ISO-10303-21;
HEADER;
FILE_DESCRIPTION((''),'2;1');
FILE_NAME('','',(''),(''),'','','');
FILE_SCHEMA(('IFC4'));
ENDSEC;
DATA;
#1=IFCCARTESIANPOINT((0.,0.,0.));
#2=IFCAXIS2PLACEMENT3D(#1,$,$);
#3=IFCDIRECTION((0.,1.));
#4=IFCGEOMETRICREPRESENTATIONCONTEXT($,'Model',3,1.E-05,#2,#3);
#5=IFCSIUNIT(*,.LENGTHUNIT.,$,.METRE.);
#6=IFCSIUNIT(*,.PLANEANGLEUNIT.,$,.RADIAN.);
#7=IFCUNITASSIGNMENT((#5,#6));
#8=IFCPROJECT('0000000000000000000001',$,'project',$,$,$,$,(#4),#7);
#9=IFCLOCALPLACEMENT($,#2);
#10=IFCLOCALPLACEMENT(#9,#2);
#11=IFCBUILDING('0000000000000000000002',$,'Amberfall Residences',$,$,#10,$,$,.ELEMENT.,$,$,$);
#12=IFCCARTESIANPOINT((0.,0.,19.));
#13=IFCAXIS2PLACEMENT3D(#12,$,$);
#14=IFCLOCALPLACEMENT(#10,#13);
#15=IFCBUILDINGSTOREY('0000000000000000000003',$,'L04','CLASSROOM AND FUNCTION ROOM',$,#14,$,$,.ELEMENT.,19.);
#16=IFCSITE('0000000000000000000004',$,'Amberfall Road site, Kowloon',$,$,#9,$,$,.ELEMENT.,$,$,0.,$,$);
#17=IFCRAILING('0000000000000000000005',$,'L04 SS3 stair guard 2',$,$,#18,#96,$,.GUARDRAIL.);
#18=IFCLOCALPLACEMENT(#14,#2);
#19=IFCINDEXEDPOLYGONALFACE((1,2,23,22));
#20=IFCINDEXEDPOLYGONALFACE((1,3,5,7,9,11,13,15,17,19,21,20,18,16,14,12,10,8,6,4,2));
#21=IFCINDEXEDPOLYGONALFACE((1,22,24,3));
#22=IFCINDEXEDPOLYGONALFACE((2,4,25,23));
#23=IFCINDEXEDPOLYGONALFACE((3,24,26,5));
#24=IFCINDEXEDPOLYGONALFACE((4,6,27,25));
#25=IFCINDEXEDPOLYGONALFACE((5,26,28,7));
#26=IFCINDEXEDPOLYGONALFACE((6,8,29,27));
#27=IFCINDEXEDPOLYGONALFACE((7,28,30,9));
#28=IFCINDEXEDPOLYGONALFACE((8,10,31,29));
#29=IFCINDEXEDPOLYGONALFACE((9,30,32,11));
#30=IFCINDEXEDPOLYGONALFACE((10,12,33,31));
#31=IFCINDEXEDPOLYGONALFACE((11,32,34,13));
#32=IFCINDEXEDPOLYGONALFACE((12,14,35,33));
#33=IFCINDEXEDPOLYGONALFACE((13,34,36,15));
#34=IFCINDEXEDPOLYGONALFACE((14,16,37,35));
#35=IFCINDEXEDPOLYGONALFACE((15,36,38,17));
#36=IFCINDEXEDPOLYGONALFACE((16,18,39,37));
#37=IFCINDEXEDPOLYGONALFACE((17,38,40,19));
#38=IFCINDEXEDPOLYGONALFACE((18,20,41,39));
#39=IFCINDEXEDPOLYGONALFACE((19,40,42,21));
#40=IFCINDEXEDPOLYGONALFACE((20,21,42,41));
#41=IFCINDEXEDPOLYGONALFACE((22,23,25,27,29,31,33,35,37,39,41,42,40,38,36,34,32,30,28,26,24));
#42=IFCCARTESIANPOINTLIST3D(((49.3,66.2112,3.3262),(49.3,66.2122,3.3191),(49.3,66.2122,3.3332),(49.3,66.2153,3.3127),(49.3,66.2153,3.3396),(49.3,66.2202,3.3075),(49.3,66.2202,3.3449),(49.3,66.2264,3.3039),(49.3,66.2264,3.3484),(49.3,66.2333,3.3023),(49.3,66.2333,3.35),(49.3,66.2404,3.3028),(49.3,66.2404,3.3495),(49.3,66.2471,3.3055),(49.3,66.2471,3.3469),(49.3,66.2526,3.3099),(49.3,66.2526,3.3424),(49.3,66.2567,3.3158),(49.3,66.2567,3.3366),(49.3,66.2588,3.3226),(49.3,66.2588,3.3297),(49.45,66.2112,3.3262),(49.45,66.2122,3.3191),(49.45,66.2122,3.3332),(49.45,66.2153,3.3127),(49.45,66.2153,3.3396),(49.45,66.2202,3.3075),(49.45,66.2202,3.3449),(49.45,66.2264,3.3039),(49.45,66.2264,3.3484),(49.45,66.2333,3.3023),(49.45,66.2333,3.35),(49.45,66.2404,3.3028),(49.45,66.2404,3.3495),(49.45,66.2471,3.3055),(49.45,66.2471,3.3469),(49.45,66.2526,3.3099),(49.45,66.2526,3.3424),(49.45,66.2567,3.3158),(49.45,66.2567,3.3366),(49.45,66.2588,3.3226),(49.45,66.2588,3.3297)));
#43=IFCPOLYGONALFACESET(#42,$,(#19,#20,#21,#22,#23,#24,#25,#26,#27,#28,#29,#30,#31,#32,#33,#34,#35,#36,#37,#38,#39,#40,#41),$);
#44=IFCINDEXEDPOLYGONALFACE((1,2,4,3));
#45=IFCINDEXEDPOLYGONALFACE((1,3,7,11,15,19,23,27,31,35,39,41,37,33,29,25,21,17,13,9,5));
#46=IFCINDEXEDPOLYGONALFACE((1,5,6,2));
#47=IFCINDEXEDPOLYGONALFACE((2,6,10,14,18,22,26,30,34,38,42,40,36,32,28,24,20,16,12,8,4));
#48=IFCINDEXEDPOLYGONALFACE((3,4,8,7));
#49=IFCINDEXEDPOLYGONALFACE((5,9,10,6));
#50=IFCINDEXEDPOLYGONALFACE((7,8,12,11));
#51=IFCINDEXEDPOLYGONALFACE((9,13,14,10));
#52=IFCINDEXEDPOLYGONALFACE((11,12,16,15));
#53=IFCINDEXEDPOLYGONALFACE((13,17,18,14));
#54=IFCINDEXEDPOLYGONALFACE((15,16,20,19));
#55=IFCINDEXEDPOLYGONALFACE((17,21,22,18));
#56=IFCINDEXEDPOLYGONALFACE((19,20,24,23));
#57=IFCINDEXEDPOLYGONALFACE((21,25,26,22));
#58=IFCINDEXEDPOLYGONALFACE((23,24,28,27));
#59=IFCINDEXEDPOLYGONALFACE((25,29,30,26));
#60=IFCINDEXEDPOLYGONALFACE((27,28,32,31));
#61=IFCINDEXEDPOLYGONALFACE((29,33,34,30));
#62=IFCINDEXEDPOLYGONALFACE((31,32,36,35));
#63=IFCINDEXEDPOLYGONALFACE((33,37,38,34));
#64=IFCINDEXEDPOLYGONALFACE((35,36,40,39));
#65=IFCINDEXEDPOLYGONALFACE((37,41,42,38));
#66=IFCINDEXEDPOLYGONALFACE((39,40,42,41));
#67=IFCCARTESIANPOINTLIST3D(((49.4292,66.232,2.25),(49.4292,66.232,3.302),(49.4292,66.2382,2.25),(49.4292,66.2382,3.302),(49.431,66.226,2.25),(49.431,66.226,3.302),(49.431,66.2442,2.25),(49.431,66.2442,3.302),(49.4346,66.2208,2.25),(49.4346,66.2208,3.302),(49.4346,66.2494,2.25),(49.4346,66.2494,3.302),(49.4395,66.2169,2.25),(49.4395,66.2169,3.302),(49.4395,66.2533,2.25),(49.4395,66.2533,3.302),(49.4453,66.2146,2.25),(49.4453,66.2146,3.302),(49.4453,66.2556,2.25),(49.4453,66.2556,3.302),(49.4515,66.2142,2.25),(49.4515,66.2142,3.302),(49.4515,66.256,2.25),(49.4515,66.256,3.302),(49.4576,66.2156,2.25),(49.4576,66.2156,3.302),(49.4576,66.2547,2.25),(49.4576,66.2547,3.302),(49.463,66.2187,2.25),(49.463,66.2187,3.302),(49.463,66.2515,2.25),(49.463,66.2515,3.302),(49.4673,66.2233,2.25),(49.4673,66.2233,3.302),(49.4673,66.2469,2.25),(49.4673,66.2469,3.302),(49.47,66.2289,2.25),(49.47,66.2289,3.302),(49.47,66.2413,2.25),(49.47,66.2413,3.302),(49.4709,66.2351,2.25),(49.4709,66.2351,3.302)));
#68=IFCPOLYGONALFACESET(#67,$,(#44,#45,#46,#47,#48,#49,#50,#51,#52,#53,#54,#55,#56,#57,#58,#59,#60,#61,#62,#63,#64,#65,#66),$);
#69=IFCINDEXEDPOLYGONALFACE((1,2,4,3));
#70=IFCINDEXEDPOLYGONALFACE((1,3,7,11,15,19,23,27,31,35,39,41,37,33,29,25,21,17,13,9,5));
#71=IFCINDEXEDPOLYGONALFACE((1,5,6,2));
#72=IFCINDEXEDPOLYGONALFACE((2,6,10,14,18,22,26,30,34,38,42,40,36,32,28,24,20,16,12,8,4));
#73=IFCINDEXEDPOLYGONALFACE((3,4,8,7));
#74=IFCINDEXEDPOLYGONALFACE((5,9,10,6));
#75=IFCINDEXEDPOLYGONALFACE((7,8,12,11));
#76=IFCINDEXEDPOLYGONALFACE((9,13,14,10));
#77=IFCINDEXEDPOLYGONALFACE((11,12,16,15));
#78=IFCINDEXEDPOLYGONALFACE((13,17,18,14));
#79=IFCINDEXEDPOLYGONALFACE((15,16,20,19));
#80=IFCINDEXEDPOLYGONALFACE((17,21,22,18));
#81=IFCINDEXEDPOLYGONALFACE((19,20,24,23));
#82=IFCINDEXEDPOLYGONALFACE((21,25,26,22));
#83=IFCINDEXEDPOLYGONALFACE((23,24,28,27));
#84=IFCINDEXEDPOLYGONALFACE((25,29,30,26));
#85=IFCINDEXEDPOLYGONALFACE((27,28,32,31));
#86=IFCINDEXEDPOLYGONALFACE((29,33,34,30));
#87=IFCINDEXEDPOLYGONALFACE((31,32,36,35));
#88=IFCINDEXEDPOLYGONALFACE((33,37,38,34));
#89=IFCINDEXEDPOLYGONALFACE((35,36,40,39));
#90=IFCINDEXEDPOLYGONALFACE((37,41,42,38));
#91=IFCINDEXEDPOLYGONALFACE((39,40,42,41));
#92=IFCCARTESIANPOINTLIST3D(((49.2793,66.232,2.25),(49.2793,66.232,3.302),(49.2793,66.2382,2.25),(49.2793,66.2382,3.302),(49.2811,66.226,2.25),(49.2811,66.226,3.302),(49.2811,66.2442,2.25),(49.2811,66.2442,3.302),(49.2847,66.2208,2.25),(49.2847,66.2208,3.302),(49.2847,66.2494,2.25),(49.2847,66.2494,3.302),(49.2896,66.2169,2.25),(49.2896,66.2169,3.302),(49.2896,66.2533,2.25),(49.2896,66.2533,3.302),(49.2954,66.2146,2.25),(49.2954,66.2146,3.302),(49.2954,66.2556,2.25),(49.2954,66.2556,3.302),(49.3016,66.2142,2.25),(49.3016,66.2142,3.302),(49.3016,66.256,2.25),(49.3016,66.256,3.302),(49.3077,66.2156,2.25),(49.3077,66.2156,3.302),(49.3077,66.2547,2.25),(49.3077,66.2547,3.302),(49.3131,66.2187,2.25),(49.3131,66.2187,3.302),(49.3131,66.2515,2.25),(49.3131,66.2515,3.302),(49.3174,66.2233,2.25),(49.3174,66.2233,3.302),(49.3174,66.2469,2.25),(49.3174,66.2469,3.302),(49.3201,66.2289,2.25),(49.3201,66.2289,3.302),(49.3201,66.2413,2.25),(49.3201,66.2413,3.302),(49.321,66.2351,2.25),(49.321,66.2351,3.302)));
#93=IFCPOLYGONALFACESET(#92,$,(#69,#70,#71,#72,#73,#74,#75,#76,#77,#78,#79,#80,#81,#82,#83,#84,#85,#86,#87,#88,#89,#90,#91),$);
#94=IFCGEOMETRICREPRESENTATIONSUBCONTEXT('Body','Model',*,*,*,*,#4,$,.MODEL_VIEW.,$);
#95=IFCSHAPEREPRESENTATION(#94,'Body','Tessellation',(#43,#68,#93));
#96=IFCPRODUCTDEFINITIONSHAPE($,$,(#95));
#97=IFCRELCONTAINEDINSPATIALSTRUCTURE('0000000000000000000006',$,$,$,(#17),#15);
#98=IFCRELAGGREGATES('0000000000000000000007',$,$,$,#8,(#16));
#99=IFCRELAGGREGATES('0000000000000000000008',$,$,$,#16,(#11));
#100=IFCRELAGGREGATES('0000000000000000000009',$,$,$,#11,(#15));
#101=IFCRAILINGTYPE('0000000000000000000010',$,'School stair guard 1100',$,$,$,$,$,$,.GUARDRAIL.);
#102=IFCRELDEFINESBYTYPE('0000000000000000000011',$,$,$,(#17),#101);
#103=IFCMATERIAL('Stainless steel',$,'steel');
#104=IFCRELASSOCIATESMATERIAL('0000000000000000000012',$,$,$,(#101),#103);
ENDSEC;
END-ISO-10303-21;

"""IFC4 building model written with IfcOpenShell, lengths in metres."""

from ifc_helpers import new_model, si_unit, direction, frame, origin, origin_2d, place, context, subcontext, project, spatial, circle, extrude, material, type_object, element, save


model = new_model("IFC4")

# Units and contexts
model_context = context("Model", 3, precision=1e-05, world=origin(), true_north=direction((0.0, 1.0)))
body_context = subcontext(model_context, "Body", "Model", "MODEL_VIEW")
ifc_project = project(units=[si_unit("LENGTHUNIT", "METRE"), si_unit("PLANEANGLEUNIT", "RADIAN")], contexts=[model_context])

# Site, building, storey
site_placement = place(None, origin())
site = spatial("IfcSite", under=ifc_project, at=site_placement, Name="Amberfall Road site, Kowloon", CompositionType="ELEMENT", RefElevation=0.0)
building_placement = place(site_placement, origin())
building = spatial("IfcBuilding", under=site, at=building_placement, Name="Amberfall Residences", CompositionType="ELEMENT")
storey_placement = place(building_placement, frame((0.0, 0.0, 19.0)))
storey = spatial("IfcBuildingStorey", under=building, at=storey_placement, Name="L04", Description="CLASSROOM AND FUNCTION ROOM", CompositionType="ELEMENT", Elevation=19.0)

# Railing
ifc_material_1 = material(Name="Stainless steel", Category="steel")
railing_type_1 = type_object("IfcRailingType", Name="School stair guard 1100", PredefinedType="GUARDRAIL", material=ifc_material_1)
railing_1_placement = place(storey_placement, frame((49.45, 66.2351, 2.25)))
element("IfcRailing", 1, at=railing_1_placement, inside=storey, type_object=railing_type_1, Name="L04 SS3 stair guard 2", PredefinedType="GUARDRAIL", context=body_context, shape_type="SweptSolid", body=[
    extrude(circle(Radius=0.0239, at=origin_2d()), frame((0.0, 0.0, 1.0762), z_axis=(-1.0, 0.0, 0.0), x_axis=(0.0, -1.0, 0.0)), (0.0, 0.0, 1.0), 0.1499),
    extrude(circle(Radius=0.021, at=origin_2d()), origin(), (0.0, 0.0, 1.0), 1.052),
    extrude(circle(Radius=0.021, at=origin_2d()), frame((-0.1499, 0.0, 0.0)), (0.0, 0.0, 1.0), 1.052),
])

save(model, "model.ifc")
